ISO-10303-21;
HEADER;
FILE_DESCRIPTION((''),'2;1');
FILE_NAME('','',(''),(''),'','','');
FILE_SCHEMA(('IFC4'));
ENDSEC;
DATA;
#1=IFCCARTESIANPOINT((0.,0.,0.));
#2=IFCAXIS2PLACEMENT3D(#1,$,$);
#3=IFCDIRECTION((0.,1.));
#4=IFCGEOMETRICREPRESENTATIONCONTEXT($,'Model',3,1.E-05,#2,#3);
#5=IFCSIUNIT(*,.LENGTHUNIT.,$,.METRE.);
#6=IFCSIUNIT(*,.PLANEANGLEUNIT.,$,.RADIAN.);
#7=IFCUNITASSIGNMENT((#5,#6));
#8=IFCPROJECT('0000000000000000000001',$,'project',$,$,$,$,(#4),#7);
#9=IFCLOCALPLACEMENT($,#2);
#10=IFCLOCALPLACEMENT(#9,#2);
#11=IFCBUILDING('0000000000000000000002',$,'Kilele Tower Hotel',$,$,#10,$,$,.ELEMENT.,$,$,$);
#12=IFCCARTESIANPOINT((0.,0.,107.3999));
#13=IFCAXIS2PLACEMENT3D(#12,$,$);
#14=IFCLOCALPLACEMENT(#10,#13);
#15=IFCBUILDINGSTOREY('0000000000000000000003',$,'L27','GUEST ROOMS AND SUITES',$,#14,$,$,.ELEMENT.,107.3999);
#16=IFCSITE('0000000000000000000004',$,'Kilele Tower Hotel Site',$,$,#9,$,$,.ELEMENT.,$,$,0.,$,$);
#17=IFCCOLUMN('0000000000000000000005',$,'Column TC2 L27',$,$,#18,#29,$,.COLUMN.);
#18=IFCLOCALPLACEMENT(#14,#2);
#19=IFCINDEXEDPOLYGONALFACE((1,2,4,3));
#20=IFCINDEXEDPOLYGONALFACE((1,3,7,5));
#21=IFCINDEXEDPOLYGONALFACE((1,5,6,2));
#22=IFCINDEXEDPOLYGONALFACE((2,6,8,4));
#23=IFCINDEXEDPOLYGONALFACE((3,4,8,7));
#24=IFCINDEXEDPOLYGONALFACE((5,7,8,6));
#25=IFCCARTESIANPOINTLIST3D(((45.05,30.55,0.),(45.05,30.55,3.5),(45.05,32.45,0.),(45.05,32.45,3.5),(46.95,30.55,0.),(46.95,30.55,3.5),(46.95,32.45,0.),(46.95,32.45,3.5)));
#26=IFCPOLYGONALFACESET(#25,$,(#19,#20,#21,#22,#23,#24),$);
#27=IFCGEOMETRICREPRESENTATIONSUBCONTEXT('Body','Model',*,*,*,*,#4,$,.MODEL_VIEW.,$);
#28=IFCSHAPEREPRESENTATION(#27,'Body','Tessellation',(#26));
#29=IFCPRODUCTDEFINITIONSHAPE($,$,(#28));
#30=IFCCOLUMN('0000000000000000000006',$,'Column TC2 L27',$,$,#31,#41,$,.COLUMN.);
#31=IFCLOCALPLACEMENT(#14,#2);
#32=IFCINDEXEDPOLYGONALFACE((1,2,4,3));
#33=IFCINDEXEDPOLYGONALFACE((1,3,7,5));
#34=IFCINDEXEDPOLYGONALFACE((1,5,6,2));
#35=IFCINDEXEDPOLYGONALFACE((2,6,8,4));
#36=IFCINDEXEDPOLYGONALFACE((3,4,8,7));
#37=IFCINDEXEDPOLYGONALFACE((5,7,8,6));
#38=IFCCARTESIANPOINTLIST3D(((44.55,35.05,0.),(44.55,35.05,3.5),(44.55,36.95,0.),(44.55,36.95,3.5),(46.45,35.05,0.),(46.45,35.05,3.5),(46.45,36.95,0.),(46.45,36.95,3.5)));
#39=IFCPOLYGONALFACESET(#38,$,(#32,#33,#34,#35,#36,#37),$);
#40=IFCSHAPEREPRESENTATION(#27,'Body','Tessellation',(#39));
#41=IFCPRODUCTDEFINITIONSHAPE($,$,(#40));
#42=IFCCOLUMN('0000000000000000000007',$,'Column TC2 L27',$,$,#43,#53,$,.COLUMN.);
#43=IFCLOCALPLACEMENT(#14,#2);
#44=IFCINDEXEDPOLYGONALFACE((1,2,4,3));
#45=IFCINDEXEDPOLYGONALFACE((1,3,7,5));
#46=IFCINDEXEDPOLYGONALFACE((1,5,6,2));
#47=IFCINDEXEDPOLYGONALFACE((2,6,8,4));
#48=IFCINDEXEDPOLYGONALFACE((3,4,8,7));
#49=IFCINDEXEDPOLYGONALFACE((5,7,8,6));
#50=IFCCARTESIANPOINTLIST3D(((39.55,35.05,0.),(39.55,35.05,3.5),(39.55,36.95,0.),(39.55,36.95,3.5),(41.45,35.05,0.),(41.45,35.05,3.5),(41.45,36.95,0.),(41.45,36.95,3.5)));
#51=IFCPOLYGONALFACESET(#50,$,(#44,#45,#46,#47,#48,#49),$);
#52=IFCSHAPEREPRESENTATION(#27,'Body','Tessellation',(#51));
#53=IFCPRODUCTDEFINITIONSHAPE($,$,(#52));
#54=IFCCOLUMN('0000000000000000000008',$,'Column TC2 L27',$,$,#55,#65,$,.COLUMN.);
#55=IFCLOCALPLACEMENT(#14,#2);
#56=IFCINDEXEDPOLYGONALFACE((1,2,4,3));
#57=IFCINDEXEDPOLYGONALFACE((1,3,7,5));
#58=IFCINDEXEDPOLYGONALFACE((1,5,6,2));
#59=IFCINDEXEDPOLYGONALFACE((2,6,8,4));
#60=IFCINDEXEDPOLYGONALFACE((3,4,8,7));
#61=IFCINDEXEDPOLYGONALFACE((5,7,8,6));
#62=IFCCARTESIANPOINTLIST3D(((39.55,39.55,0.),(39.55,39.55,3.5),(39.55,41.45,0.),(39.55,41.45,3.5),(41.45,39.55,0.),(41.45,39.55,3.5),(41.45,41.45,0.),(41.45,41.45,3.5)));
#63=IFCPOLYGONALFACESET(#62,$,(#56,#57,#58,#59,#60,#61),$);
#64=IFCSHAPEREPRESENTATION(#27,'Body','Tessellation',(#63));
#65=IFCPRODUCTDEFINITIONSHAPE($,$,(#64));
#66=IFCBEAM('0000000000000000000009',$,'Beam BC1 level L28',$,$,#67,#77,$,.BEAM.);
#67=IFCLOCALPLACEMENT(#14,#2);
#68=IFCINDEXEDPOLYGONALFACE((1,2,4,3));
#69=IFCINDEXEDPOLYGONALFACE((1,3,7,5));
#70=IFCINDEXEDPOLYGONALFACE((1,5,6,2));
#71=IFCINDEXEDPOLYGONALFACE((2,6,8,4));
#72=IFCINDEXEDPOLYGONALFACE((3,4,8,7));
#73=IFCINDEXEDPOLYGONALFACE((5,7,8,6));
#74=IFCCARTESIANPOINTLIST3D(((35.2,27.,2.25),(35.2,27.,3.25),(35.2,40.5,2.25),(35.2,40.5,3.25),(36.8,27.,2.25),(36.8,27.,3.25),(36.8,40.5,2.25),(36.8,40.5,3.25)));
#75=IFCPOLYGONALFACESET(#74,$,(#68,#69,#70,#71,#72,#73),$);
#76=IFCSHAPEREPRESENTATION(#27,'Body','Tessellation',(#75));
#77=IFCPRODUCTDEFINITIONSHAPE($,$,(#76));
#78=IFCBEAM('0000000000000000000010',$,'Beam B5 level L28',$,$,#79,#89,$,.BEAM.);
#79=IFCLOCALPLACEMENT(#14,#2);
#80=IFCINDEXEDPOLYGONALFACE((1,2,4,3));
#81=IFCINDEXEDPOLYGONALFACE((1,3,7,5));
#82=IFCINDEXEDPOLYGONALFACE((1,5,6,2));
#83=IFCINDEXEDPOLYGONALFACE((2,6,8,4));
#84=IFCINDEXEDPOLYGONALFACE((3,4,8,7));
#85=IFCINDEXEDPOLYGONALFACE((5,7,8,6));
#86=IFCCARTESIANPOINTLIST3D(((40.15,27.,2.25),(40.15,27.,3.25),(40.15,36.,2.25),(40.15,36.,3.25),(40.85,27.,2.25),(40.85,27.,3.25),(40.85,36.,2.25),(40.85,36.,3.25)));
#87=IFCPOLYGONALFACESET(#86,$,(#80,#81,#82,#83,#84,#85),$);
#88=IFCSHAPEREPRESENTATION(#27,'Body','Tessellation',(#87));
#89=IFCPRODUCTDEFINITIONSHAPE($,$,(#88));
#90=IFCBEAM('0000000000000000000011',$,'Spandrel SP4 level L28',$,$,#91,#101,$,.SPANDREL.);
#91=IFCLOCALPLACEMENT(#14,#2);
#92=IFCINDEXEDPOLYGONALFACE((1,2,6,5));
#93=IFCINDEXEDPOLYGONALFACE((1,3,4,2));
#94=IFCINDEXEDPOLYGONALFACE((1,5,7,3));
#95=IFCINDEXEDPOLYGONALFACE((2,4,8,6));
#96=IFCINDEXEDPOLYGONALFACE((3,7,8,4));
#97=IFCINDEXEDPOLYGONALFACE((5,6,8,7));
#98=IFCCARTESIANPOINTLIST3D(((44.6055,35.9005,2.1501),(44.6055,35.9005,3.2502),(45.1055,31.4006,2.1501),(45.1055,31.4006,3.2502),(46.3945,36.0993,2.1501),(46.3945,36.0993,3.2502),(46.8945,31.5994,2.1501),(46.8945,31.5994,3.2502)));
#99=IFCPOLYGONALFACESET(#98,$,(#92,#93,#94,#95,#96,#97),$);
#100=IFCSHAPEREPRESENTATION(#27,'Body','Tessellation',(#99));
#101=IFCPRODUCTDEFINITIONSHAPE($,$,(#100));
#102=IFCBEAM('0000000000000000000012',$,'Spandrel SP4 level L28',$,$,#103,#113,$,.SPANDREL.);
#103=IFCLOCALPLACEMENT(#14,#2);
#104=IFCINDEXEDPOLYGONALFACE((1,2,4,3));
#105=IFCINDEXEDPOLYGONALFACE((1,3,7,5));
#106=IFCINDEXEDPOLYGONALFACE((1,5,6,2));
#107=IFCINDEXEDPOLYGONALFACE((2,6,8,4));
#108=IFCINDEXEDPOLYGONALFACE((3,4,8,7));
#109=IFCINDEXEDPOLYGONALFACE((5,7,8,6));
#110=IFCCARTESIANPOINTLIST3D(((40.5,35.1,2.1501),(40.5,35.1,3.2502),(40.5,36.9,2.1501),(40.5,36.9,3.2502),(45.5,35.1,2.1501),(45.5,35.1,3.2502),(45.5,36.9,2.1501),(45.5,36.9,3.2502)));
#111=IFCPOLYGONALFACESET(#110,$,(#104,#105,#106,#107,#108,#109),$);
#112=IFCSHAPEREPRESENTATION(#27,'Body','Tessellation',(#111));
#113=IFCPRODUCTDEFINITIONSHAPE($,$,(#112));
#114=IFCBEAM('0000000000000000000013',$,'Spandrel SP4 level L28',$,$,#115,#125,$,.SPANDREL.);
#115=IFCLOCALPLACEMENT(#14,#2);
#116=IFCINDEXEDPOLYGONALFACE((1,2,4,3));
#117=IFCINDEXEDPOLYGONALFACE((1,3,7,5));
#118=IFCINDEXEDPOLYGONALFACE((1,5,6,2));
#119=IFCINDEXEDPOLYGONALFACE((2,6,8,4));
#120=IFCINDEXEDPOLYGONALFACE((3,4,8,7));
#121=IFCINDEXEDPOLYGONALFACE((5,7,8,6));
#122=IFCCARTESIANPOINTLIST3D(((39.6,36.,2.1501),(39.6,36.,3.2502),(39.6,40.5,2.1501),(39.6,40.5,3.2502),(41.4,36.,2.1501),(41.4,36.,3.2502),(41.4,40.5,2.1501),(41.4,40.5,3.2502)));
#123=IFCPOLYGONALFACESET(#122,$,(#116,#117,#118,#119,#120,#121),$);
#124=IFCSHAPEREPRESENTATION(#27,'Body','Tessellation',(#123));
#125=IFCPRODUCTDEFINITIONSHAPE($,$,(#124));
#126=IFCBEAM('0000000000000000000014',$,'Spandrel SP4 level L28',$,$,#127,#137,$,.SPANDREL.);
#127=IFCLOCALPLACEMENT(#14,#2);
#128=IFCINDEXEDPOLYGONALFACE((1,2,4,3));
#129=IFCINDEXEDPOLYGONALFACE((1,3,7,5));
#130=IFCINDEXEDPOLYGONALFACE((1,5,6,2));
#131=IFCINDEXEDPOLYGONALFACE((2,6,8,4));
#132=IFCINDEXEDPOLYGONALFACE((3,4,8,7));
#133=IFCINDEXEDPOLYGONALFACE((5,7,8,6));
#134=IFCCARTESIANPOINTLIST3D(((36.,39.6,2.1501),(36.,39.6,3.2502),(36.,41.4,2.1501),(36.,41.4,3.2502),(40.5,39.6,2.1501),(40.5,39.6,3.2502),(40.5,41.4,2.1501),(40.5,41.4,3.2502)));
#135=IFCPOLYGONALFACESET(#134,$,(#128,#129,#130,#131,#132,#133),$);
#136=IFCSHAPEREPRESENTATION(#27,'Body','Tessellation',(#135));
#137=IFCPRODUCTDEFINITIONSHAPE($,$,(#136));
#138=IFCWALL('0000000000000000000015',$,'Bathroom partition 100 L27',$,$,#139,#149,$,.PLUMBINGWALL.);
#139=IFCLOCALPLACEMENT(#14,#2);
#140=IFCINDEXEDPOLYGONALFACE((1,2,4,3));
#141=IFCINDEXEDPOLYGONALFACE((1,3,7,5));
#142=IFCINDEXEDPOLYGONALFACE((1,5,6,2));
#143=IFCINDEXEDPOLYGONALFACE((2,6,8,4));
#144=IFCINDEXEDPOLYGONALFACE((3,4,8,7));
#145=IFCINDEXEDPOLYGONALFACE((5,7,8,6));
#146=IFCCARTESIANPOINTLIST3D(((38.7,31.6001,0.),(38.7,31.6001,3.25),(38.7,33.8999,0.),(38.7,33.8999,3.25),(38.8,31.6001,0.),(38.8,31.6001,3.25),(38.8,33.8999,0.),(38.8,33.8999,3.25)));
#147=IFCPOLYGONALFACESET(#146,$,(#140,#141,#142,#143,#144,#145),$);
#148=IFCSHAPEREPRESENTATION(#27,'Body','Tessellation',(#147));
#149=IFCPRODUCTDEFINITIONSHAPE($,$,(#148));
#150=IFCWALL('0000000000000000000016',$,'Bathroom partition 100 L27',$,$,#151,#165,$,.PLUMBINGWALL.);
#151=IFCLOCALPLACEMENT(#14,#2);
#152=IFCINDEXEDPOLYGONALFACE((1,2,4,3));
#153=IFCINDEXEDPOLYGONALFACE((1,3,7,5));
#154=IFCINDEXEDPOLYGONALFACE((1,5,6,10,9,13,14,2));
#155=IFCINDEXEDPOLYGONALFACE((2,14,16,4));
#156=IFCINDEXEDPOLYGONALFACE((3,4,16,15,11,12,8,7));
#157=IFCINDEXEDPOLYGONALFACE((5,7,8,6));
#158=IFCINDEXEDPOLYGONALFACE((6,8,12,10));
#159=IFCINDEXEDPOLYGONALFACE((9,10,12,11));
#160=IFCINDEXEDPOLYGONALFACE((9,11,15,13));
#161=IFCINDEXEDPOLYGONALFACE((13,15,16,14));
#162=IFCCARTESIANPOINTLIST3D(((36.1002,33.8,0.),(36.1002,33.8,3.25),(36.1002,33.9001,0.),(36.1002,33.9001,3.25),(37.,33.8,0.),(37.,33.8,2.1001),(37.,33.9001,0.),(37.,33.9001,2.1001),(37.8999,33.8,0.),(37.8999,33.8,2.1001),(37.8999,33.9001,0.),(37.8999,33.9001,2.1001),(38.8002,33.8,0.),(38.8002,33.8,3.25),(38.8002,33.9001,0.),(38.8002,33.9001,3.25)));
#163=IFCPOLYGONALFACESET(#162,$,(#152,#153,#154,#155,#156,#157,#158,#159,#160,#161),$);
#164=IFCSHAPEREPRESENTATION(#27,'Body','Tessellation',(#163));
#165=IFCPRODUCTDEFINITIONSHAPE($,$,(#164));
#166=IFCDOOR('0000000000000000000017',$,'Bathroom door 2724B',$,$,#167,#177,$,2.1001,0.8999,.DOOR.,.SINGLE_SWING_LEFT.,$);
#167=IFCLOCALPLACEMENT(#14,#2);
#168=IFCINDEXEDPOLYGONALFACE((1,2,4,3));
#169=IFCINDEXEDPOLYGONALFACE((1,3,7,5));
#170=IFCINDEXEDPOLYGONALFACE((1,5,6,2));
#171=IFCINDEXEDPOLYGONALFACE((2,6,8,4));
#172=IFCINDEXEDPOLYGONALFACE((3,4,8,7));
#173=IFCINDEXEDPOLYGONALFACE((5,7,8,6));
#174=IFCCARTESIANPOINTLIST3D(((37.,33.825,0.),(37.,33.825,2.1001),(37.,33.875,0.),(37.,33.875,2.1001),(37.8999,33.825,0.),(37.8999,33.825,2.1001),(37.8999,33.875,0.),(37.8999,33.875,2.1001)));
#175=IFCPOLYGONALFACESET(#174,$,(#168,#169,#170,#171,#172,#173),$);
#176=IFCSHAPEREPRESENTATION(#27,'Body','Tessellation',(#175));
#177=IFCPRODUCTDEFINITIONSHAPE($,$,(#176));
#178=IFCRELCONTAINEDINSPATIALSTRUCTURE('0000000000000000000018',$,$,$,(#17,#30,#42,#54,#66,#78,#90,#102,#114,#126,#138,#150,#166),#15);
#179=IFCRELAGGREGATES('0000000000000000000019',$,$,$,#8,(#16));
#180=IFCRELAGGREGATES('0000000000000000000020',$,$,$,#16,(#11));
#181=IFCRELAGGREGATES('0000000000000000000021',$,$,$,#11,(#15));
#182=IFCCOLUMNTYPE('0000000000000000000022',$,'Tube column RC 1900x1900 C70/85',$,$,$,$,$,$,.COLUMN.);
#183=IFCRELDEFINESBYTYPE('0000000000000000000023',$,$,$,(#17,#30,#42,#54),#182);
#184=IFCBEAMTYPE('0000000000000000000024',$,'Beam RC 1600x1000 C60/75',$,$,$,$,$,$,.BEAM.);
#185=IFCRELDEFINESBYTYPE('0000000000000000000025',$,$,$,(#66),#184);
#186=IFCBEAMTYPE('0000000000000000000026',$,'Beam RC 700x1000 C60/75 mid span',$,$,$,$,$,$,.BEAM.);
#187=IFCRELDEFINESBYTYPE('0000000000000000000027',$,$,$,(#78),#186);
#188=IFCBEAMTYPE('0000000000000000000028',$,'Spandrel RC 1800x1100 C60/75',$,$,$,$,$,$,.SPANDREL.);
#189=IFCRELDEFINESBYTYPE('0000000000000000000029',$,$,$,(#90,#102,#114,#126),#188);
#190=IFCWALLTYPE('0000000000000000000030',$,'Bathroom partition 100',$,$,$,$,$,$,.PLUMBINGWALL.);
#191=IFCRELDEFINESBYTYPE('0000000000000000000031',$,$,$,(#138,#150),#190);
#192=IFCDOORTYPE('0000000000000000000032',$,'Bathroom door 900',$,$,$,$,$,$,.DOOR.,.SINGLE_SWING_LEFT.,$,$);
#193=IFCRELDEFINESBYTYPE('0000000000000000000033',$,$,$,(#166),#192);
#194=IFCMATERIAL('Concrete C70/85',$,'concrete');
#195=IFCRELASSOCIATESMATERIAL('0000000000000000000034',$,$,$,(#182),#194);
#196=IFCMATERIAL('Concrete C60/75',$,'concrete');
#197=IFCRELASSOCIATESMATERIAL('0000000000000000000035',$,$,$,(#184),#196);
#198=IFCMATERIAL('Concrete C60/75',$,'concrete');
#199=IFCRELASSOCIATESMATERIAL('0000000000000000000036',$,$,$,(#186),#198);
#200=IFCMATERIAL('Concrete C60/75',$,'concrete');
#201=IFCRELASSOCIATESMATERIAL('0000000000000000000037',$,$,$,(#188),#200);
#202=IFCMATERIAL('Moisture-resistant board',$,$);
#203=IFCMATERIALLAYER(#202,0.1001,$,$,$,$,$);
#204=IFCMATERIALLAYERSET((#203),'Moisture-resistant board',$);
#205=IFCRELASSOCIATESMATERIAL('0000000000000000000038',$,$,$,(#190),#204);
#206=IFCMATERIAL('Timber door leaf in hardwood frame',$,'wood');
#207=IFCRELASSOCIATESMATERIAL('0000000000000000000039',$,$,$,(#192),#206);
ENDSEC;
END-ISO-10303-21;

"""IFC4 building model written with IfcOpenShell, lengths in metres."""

from ifc_helpers import new_model, si_unit, direction, frame, frame_2d, origin, origin_2d, place, context, subcontext, project, spatial, rectangle, extrude, material, layer, layer_set, material_profile, profile_set, type_object, element, fill, save


model = new_model("IFC4")

# Units and contexts
model_context = context("Model", 3, precision=1e-05, world=origin(), true_north=direction((0.0, 1.0)))
body_context = subcontext(model_context, "Body", "Model", "MODEL_VIEW")
ifc_project = project(units=[si_unit("LENGTHUNIT", "METRE"), si_unit("PLANEANGLEUNIT", "RADIAN")], contexts=[model_context])

# Site, building, storey
site_placement = place(None, origin())
site = spatial("IfcSite", under=ifc_project, at=site_placement, Name="Kilele Tower Hotel Site", CompositionType="ELEMENT", RefElevation=0.0)
building_placement = place(site_placement, origin())
building = spatial("IfcBuilding", under=site, at=building_placement, Name="Kilele Tower Hotel", CompositionType="ELEMENT")
storey_placement = place(building_placement, frame((0.0, 0.0, 107.3999)))
storey = spatial("IfcBuildingStorey", under=building, at=storey_placement, Name="L27", Description="GUEST ROOMS AND SUITES", CompositionType="ELEMENT", Elevation=107.3999)

# Columns
ifc_material_1 = material(Name="Concrete C70/85", Category="concrete")
ifc_material_profile_1 = material_profile(ifc_material_1, rectangle(XDim=1.8999, YDim=1.8999, at=origin_2d()))
ifc_profile_set_1 = profile_set([ifc_material_profile_1], Name="Concrete C70/85")
column_type = type_object("IfcColumnType", Name="Tube column RC 1900x1900 C70/85", PredefinedType="COLUMN", material=ifc_profile_set_1)
for number, where, z_axis, x_axis, name in (
    (1, (46.0, 31.5, 0.0), (0.0, 0.0, 1.0), (1.0, 0.0, 0.0), "Column TC2 L27"),
    (2, (45.5, 36.0, 0.0), (0.0, 0.0, 1.0), (1.0, 0.0, 0.0), "Column TC2 L27"),
    (3, (40.5, 36.0, 0.0), (0.0, 0.0, 1.0), (1.0, 0.0, 0.0), "Column TC2 L27"),
    (4, (40.5, 40.5, 0.0), (0.0, 0.0, 1.0), (1.0, 0.0, 0.0), "Column TC2 L27"),
):
    element("IfcColumn", number, at=place(storey_placement, frame(where, z_axis=z_axis, x_axis=x_axis)), inside=storey, type_object=column_type, Name=name, PredefinedType="COLUMN", context=body_context, shape_type="SweptSolid", body=[
        extrude(rectangle(XDim=1.8999, YDim=1.8999, at=origin_2d()), origin(), (0.0, 0.0, 1.0), 3.5),
    ])

# Beams
ifc_material_2 = material(Name="Concrete C60/75", Category="concrete")
ifc_material_profile_2 = material_profile(ifc_material_2, rectangle(XDim=1.6001, YDim=1.0, at=origin_2d()))
ifc_profile_set_2 = profile_set([ifc_material_profile_2], Name="Concrete C60/75")
beam_type_1 = type_object("IfcBeamType", Name="Beam RC 1600x1000 C60/75", PredefinedType="BEAM", material=ifc_profile_set_2)
beam_1_placement = place(storey_placement, frame((36.0, 40.5, 2.75), z_axis=(0.0, -1.0, 0.0), x_axis=(1.0, 0.0, 0.0)))
element("IfcBeam", 5, at=beam_1_placement, inside=storey, type_object=beam_type_1, Name="Beam BC1 level L28", PredefinedType="BEAM", context=body_context, shape_type="SweptSolid", body=[
    extrude(rectangle(XDim=1.6001, YDim=1.0, at=origin_2d()), origin(), (0.0, 0.0, 1.0), 13.5),
])
ifc_material_3 = material(Name="Concrete C60/75", Category="concrete")
ifc_material_profile_3 = material_profile(ifc_material_3, rectangle(XDim=0.7, YDim=1.0, at=origin_2d()))
ifc_profile_set_3 = profile_set([ifc_material_profile_3], Name="Concrete C60/75")
beam_type_2 = type_object("IfcBeamType", Name="Beam RC 700x1000 C60/75 mid span", PredefinedType="BEAM", material=ifc_profile_set_3)
beam_2_placement = place(storey_placement, frame((40.5, 36.0, 2.75), z_axis=(0.0, -1.0, 0.0), x_axis=(1.0, 0.0, 0.0)))
element("IfcBeam", 6, at=beam_2_placement, inside=storey, type_object=beam_type_2, Name="Beam B5 level L28", PredefinedType="BEAM", context=body_context, shape_type="SweptSolid", body=[
    extrude(rectangle(XDim=0.7, YDim=1.0, at=origin_2d()), origin(), (0.0, 0.0, 1.0), 9.0),
])
ifc_material_4 = material(Name="Concrete C60/75", Category="concrete")
ifc_material_profile_4 = material_profile(ifc_material_4, rectangle(XDim=1.8, YDim=1.1001, at=origin_2d()))
ifc_profile_set_4 = profile_set([ifc_material_profile_4], Name="Concrete C60/75")
beam_type_3 = type_object("IfcBeamType", Name="Spandrel RC 1800x1100 C60/75", PredefinedType="SPANDREL", material=ifc_profile_set_4)
beam_3_placement = place(storey_placement, frame((46.0, 31.5, 2.7002), z_axis=(-0.110432, 0.993884, 0.0), x_axis=(-0.993884, -0.110432, 0.0)))
element("IfcBeam", 7, at=beam_3_placement, inside=storey, type_object=beam_type_3, Name="Spandrel SP4 level L28", PredefinedType="SPANDREL", context=body_context, shape_type="SweptSolid", body=[
    extrude(rectangle(XDim=1.8, YDim=1.1001, at=origin_2d()), origin(), (0.0, 0.0, 1.0), 4.5276),
])
beam_4_placement = place(storey_placement, frame((45.5, 36.0, 2.7002), z_axis=(-1.0, 0.0, 0.0), x_axis=(0.0, -1.0, 0.0)))
element("IfcBeam", 8, at=beam_4_placement, inside=storey, type_object=beam_type_3, Name="Spandrel SP4 level L28", PredefinedType="SPANDREL", context=body_context, shape_type="SweptSolid", body=[
    extrude(rectangle(XDim=1.8, YDim=1.1001, at=origin_2d()), origin(), (0.0, 0.0, 1.0), 5.0),
])
for number, where, z_axis, x_axis, name in (
    (9, (40.5, 36.0, 2.7002), (0.0, 1.0, 0.0), (-1.0, 0.0, 0.0), "Spandrel SP4 level L28"),
    (10, (40.5, 40.5, 2.7002), (-1.0, 0.0, 0.0), (0.0, -1.0, 0.0), "Spandrel SP4 level L28"),
):
    element("IfcBeam", number, at=place(storey_placement, frame(where, z_axis=z_axis, x_axis=x_axis)), inside=storey, type_object=beam_type_3, Name=name, PredefinedType="SPANDREL", context=body_context, shape_type="SweptSolid", body=[
        extrude(rectangle(XDim=1.8, YDim=1.1001, at=origin_2d()), origin(), (0.0, 0.0, 1.0), 4.5),
    ])

# Wall
ifc_material_5 = material(Name="Moisture-resistant board")
ifc_layer_1 = layer(ifc_material_5, 0.1001)
ifc_layer_set_1 = layer_set([ifc_layer_1], Name="Moisture-resistant board")
wall_type_1 = type_object("IfcWallType", Name="Bathroom partition 100", PredefinedType="PLUMBINGWALL", material=ifc_layer_set_1)
wall_1_placement = place(storey_placement, frame((38.75, 31.6001, 0.0), z_axis=(0.0, 0.0, 1.0), x_axis=(0.0, 1.0, 0.0)))
element("IfcWall", 11, at=wall_1_placement, inside=storey, type_object=wall_type_1, Name="Bathroom partition 100 L27", PredefinedType="PLUMBINGWALL", context=body_context, shape_type="SweptSolid", body=[
    extrude(rectangle(XDim=2.2998, YDim=0.1001, at=frame_2d((1.1499, 0.0))), origin(), (0.0, 0.0, 1.0), 3.25),
])

# Wall, opening, door
wall_2_placement = place(storey_placement, frame((36.1001, 33.8501, 0.0), z_axis=(0.0, 0.0, 1.0), x_axis=(1.0, 0.0, 0.0)))
wall_2 = element("IfcWall", 12, at=wall_2_placement, inside=storey, type_object=wall_type_1, Name="Bathroom partition 100 L27", PredefinedType="PLUMBINGWALL", context=body_context, shape_type="SweptSolid", body=[
    extrude(rectangle(XDim=2.7, YDim=0.1001, at=frame_2d((1.3501, 0.0))), origin(), (0.0, 0.0, 1.0), 3.25),
])
opening_1_placement = place(wall_2_placement, frame((0.8999, 0.0, 0.0)))
opening_1 = element("IfcOpeningElement", 13, at=opening_1_placement, cuts=wall_2, PredefinedType="OPENING", context=body_context, shape_type="SweptSolid", body=[
    extrude(rectangle(XDim=0.8999, YDim=2.1001, at=frame_2d((0.45, 1.05))), frame((0.0, 0.0601, 0.0), z_axis=(0.0, -1.0, 0.0), x_axis=(1.0, 0.0, 0.0)), (0.0, 0.0, 1.0), 0.1201),
])
ifc_material_6 = material(Name="Timber door leaf in hardwood frame", Category="wood")
door_type_1 = type_object("IfcDoorType", Name="Bathroom door 900", OperationType="SINGLE_SWING_LEFT", PredefinedType="DOOR", material=ifc_material_6)
door_1_placement = place(opening_1_placement, origin())
door_1 = element("IfcDoor", 14, at=door_1_placement, inside=storey, type_object=door_type_1, Name="Bathroom door 2724B", OperationType="SINGLE_SWING_LEFT", OverallHeight=2.1001, OverallWidth=0.8999, PredefinedType="DOOR", context=body_context, shape_type="SweptSolid", body=[
    extrude(rectangle(XDim=0.8999, YDim=2.1001, at=frame_2d((0.45, 1.05))), frame((0.0, 0.0249, 0.0), z_axis=(0.0, -1.0, 0.0), x_axis=(1.0, 0.0, 0.0)), (0.0, 0.0, 1.0), 0.05),
])
fill(opening_1, door_1)

save(model, "model.ifc")
